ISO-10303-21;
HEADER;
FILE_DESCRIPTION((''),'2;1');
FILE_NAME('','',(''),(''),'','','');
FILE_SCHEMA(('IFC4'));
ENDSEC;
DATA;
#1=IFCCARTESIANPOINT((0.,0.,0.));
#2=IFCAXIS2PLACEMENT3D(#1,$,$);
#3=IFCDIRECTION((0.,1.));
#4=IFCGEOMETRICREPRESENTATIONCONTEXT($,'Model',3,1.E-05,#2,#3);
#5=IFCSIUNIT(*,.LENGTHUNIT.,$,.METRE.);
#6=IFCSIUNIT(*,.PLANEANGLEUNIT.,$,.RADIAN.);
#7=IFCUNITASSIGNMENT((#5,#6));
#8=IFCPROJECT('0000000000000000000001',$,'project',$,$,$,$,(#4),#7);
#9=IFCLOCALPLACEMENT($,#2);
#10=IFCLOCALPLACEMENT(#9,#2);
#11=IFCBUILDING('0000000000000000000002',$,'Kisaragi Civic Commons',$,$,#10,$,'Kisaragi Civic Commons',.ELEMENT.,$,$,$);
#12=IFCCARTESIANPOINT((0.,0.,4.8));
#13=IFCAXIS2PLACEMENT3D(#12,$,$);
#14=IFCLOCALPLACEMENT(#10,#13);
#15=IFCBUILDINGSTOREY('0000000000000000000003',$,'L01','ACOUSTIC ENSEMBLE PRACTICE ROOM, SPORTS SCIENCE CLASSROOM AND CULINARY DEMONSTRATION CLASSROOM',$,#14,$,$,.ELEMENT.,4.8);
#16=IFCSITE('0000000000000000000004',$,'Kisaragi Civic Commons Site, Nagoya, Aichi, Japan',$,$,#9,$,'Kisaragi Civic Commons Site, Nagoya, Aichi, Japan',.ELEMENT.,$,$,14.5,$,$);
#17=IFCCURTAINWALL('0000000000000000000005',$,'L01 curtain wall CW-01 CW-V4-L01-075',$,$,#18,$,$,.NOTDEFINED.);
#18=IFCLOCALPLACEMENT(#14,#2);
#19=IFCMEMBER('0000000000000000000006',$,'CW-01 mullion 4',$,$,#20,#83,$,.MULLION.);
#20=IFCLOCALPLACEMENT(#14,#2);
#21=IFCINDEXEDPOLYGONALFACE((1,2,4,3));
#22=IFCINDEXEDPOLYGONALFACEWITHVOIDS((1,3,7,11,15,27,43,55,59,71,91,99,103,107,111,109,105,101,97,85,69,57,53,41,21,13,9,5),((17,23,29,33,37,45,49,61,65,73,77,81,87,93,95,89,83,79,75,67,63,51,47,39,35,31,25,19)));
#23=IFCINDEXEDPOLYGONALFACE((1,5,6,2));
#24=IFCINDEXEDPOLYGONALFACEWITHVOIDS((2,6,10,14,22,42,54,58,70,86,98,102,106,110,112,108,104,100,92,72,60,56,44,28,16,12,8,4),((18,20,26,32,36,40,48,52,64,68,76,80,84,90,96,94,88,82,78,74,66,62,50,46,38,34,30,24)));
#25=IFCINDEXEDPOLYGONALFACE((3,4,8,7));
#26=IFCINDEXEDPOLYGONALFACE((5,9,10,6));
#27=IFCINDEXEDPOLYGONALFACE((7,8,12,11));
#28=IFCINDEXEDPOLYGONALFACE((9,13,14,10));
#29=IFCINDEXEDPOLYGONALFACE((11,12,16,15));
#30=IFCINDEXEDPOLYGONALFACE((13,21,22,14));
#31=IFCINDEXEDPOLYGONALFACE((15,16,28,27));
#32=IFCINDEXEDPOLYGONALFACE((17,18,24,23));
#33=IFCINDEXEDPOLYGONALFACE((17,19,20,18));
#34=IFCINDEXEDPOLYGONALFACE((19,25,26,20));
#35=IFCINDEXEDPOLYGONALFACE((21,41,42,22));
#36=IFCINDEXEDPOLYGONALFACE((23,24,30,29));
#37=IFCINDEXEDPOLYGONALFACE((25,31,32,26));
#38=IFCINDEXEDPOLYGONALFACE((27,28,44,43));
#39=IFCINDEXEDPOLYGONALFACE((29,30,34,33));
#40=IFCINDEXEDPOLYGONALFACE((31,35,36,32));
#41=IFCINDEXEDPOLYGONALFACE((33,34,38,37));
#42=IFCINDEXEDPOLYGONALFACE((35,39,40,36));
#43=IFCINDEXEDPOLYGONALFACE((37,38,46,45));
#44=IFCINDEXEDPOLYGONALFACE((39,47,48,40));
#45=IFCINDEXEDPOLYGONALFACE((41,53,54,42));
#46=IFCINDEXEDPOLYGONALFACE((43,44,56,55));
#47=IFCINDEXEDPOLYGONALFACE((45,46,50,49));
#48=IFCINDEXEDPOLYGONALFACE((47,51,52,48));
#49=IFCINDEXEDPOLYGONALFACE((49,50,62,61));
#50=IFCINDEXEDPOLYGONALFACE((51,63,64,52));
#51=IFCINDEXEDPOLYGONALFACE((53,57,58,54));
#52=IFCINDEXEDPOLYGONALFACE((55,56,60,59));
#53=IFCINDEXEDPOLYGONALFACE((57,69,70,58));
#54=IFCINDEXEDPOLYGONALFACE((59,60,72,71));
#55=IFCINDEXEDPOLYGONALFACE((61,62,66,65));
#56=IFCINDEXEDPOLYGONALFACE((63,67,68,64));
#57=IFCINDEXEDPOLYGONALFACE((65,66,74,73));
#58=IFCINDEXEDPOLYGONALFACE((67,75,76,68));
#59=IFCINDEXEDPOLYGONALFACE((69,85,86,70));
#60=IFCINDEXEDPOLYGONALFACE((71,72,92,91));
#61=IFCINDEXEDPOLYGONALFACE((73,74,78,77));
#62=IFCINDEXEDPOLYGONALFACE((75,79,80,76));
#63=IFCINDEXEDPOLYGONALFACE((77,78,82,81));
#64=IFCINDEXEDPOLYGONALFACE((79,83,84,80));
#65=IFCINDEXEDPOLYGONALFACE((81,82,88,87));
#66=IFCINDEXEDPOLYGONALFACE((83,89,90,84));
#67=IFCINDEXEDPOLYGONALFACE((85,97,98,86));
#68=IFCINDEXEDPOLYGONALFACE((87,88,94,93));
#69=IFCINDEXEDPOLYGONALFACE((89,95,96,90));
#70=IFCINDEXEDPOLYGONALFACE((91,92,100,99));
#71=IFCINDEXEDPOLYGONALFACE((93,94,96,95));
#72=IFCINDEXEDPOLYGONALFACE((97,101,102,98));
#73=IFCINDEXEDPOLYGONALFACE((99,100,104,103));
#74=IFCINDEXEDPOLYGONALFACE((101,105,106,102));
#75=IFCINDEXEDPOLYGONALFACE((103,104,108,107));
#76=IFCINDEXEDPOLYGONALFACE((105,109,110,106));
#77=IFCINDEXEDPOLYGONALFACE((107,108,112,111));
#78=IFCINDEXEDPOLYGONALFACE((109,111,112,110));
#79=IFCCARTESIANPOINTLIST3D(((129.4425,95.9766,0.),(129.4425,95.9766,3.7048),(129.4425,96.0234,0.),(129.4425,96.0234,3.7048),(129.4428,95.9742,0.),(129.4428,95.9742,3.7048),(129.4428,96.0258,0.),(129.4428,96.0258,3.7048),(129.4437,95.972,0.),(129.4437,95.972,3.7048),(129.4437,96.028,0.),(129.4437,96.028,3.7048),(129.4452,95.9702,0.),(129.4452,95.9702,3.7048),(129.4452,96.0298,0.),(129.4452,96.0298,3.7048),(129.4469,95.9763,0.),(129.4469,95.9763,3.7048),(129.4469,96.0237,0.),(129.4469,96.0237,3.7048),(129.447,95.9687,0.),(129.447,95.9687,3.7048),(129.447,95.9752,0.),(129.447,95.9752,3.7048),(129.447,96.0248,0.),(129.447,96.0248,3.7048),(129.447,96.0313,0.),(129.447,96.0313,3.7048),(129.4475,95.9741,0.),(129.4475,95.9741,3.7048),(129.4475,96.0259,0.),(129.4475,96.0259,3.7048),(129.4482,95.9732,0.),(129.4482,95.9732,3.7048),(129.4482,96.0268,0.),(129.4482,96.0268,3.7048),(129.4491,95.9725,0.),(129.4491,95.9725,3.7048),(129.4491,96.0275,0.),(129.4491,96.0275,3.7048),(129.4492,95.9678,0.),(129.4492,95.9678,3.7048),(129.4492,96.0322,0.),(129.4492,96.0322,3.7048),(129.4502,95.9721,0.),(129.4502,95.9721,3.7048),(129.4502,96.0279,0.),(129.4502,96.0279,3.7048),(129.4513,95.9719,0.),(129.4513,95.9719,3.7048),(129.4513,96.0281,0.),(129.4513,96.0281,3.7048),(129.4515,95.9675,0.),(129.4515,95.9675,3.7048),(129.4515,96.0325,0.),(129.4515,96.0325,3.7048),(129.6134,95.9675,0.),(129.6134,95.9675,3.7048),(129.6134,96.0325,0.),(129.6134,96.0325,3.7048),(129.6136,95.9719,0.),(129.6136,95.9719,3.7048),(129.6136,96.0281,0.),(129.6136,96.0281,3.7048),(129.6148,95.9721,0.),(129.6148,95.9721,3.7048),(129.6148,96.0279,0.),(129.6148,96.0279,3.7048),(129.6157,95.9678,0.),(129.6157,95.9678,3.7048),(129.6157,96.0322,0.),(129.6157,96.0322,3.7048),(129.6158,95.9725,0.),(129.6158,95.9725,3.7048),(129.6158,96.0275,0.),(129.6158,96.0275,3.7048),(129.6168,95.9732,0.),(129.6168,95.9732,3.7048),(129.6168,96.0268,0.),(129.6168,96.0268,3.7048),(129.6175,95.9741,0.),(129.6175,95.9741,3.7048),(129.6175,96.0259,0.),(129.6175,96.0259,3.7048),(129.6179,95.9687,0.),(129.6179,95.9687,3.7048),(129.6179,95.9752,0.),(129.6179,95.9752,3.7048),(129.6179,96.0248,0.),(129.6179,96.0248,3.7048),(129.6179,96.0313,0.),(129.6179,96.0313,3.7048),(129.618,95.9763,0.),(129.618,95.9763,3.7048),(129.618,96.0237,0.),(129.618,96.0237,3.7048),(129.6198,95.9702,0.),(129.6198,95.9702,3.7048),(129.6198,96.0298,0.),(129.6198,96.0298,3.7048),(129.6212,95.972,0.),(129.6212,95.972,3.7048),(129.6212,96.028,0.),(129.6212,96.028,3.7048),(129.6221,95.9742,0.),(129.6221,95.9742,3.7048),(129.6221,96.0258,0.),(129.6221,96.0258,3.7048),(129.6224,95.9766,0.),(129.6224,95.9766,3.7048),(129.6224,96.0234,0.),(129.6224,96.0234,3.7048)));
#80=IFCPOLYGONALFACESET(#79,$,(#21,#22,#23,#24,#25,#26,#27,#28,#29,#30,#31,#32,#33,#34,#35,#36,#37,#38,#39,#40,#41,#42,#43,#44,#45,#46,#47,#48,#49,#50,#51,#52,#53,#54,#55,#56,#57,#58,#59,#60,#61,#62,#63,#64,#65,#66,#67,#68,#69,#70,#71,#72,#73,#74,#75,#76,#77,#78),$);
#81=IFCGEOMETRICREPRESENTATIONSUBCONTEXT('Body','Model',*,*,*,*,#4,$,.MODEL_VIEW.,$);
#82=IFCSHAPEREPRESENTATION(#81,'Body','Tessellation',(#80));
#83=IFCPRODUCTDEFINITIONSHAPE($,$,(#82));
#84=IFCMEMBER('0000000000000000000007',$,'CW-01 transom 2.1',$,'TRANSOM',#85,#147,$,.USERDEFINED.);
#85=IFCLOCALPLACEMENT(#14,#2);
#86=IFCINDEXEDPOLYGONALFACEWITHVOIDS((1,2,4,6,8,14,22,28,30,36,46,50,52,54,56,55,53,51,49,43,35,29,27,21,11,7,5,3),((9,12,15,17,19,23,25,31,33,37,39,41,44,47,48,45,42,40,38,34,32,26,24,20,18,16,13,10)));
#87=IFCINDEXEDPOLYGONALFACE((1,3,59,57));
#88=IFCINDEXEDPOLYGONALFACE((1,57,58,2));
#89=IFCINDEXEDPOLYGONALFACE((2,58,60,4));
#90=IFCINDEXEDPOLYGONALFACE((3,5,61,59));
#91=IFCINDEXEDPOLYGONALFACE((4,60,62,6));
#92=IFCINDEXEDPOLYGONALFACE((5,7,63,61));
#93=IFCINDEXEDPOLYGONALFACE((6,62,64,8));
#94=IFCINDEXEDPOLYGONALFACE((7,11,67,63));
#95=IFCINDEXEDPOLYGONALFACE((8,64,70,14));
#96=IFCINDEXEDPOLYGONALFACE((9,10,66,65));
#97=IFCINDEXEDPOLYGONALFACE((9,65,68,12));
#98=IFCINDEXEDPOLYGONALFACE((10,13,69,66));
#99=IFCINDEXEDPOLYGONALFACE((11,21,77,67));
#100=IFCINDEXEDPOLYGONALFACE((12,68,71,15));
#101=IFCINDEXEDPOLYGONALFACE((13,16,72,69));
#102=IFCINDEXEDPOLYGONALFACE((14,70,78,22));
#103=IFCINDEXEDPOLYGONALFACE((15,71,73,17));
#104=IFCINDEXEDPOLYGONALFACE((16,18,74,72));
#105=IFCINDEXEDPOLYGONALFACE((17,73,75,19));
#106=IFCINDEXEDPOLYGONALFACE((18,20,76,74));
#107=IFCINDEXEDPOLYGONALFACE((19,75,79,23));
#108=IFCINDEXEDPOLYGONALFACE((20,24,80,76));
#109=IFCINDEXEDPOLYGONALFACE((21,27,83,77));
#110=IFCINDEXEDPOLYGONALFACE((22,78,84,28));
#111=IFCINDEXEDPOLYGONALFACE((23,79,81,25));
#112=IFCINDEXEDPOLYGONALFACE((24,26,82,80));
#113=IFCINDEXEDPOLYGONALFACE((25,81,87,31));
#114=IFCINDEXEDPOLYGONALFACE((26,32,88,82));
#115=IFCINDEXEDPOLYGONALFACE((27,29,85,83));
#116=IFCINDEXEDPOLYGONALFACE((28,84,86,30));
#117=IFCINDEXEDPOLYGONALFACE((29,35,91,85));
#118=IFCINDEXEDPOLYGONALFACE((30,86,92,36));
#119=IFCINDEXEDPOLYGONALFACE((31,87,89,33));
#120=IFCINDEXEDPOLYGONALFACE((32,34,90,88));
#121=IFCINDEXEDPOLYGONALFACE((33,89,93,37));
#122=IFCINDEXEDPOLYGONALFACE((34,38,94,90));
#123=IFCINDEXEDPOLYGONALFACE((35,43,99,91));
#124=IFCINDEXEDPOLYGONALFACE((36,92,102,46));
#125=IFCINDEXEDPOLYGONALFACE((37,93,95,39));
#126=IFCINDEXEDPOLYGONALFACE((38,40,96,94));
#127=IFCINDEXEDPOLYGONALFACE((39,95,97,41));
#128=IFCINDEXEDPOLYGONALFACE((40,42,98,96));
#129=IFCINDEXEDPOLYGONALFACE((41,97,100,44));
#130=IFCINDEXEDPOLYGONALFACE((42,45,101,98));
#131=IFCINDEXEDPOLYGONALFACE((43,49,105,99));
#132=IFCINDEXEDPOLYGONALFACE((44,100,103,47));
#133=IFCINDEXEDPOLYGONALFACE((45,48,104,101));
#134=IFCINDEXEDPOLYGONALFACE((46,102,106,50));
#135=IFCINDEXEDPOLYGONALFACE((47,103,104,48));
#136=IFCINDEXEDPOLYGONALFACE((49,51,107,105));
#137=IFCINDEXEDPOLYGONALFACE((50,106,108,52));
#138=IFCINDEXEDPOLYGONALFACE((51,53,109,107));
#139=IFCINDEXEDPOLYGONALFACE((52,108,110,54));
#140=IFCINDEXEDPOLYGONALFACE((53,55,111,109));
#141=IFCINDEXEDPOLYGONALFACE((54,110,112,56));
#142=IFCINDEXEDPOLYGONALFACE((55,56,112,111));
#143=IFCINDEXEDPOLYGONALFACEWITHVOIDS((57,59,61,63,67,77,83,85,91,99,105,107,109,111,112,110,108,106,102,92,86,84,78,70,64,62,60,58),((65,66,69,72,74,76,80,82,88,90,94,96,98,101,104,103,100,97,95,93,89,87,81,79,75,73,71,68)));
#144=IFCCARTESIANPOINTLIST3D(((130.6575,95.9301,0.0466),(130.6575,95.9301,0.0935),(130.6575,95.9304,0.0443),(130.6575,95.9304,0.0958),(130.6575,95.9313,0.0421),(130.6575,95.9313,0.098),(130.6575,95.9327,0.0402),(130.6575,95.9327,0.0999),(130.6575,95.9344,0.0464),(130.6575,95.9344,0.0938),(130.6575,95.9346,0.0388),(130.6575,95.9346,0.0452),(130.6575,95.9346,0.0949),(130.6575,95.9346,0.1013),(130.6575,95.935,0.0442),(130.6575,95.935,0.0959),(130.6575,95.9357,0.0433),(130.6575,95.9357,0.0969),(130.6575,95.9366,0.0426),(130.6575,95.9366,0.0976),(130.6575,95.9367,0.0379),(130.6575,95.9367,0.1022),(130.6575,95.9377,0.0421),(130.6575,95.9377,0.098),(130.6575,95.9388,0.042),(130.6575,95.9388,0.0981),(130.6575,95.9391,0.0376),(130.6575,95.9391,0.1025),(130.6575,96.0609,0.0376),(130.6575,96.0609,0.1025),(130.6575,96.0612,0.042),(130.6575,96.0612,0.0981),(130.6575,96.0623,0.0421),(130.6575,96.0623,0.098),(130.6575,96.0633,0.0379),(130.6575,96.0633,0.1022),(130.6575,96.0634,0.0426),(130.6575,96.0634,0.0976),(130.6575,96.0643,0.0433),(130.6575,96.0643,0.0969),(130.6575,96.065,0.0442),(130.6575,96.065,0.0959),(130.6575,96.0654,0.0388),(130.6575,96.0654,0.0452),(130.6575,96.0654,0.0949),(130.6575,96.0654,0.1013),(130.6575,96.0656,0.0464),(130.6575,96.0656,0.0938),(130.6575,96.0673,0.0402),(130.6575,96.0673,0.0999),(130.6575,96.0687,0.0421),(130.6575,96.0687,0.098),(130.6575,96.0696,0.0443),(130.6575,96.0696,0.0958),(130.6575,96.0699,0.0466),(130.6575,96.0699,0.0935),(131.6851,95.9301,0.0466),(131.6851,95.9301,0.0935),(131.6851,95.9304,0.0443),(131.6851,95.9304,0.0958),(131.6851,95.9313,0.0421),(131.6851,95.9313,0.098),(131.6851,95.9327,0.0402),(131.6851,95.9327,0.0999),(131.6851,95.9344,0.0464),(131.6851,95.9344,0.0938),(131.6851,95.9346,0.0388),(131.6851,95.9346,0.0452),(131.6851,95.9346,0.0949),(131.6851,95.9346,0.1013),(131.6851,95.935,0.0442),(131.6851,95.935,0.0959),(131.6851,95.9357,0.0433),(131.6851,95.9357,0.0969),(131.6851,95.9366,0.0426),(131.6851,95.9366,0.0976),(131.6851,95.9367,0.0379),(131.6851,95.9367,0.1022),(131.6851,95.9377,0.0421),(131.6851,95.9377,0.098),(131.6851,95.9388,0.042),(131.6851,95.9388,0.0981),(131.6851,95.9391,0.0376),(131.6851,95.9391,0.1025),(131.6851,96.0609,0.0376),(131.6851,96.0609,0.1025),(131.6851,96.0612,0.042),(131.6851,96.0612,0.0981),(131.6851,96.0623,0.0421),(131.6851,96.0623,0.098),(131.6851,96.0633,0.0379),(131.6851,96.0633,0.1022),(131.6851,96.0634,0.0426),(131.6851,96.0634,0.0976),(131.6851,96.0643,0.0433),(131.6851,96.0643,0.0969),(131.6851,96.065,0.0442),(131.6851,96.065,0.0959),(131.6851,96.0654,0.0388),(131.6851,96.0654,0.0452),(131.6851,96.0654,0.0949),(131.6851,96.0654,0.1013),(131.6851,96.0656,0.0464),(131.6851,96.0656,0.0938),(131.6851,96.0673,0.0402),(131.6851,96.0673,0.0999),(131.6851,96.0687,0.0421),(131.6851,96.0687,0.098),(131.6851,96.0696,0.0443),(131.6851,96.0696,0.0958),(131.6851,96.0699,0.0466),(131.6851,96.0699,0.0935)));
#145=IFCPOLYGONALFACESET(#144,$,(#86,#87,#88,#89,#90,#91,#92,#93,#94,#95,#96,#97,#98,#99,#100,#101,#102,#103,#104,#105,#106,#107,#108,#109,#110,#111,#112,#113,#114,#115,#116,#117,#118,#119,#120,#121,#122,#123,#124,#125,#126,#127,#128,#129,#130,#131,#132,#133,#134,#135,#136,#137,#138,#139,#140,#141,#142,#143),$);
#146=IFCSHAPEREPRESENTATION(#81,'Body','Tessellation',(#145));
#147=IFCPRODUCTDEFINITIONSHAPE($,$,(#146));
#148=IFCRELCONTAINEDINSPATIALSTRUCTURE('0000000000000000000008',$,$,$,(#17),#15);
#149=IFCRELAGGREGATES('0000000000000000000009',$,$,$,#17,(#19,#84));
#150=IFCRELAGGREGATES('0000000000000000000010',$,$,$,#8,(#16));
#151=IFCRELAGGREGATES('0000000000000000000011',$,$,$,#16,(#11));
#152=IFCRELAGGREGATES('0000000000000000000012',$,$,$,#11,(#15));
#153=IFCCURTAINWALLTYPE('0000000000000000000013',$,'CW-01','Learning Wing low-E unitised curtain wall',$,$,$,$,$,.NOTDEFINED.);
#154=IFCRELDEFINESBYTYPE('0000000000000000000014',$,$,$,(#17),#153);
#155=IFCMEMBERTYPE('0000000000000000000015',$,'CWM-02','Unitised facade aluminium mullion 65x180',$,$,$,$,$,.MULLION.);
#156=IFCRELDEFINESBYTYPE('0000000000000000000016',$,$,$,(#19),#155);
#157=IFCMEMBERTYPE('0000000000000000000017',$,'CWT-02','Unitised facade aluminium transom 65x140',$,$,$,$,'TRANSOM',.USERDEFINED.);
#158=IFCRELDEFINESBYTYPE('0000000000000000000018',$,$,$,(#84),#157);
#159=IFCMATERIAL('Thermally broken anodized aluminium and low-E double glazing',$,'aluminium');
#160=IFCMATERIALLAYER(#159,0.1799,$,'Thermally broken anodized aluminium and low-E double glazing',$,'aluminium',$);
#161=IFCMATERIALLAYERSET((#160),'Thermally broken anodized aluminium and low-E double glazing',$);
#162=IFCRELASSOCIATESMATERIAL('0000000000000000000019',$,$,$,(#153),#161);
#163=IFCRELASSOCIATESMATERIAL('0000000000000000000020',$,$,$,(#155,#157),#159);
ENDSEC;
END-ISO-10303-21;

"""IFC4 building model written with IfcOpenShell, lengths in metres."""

from ifc_helpers import new_model, si_unit, direction, frame, origin, origin_2d, place, context, subcontext, project, spatial, hollow_rectangle, extrude, material, layer, layer_set, material_profile, profile_set, type_object, element, aggregate, save


model = new_model("IFC4")

# Units and contexts
model_context = context("Model", 3, precision=1e-05, world=origin(), true_north=direction((0.0, 1.0)))
body_context = subcontext(model_context, "Body", "Model", "MODEL_VIEW")
ifc_project = project(units=[si_unit("LENGTHUNIT", "METRE"), si_unit("PLANEANGLEUNIT", "RADIAN")], contexts=[model_context])

# Site, building, storey
site_placement = place(None, origin())
site = spatial("IfcSite", under=ifc_project, at=site_placement, Name="Kisaragi Civic Commons Site, Nagoya, Aichi, Japan", LongName="Kisaragi Civic Commons Site, Nagoya, Aichi, Japan", CompositionType="ELEMENT", RefElevation=14.5)
building_placement = place(site_placement, origin())
building = spatial("IfcBuilding", under=site, at=building_placement, Name="Kisaragi Civic Commons", LongName="Kisaragi Civic Commons", CompositionType="ELEMENT")
storey_placement = place(building_placement, frame((0.0, 0.0, 4.8)))
storey = spatial("IfcBuildingStorey", under=building, at=storey_placement, Name="L01", Description="ACOUSTIC ENSEMBLE PRACTICE ROOM, SPORTS SCIENCE CLASSROOM AND CULINARY DEMONSTRATION CLASSROOM", CompositionType="ELEMENT", Elevation=4.8)

# Curtain wall, members
ifc_material = material(Name="Thermally broken anodized aluminium and low-E double glazing", Category="aluminium")
ifc_layer_1 = layer(ifc_material, 0.1799, Name="Thermally broken anodized aluminium and low-E double glazing", Category="aluminium")
ifc_layer_set_1 = layer_set([ifc_layer_1], Name="Thermally broken anodized aluminium and low-E double glazing")
curtain_wall_type = type_object("IfcCurtainWallType", Name="CW-01", Description="Learning Wing low-E unitised curtain wall", PredefinedType="NOTDEFINED", material=ifc_layer_set_1)
curtain_wall_placement = place(storey_placement, origin())
curtain_wall = element("IfcCurtainWall", 1, at=curtain_wall_placement, inside=storey, type_object=curtain_wall_type, Name="L01 curtain wall CW-01 CW-V4-L01-075", PredefinedType="NOTDEFINED")
ifc_material_profile_1 = material_profile(ifc_material, hollow_rectangle(XDim=0.0649, YDim=0.1799, WallThickness=0.0044, InnerFilletRadius=0.0044, OuterFilletRadius=0.009, at=origin_2d()), Name="CWM-65x180x4.5", Category="aluminium")
ifc_profile_set_1 = profile_set([ifc_material_profile_1], Name="Thermally broken anodized aluminium and low-E double glazing")
member_type_1 = type_object("IfcMemberType", Name="CWM-02", Description="Unitised facade aluminium mullion 65x180", PredefinedType="MULLION", material=ifc_profile_set_1)
member_1_placement = place(storey_placement, frame((129.5325, 96.0, 0.0), z_axis=(0.0, 0.0, 1.0), x_axis=(0.0, -1.0, 0.0)))
member_1 = element("IfcMember", 2, at=member_1_placement, type_object=member_type_1, Name="CW-01 mullion 4", PredefinedType="MULLION", context=body_context, shape_type="SweptSolid", body=[
    extrude(hollow_rectangle(XDim=0.0649, YDim=0.1799, WallThickness=0.0044, InnerFilletRadius=0.0044, OuterFilletRadius=0.009, at=origin_2d()), origin(), (0.0, 0.0, 1.0), 3.7048),
])
ifc_material_profile_2 = material_profile(ifc_material, hollow_rectangle(XDim=0.1399, YDim=0.0649, WallThickness=0.0044, InnerFilletRadius=0.0044, OuterFilletRadius=0.009, at=origin_2d()), Name="CWT-65x140x4.5", Category="aluminium")
ifc_profile_set_2 = profile_set([ifc_material_profile_2], Name="Thermally broken anodized aluminium and low-E double glazing")
member_type_2 = type_object("IfcMemberType", Name="CWT-02", Description="Unitised facade aluminium transom 65x140", ElementType="TRANSOM", PredefinedType="USERDEFINED", material=ifc_profile_set_2)
member_2_placement = place(storey_placement, frame((131.6851, 96.0, 0.0701), z_axis=(-1.0, 0.0, 0.0), x_axis=(0.0, -1.0, 0.0)))
member_2 = element("IfcMember", 3, at=member_2_placement, type_object=member_type_2, Name="CW-01 transom 2.1", ObjectType="TRANSOM", PredefinedType="USERDEFINED", context=body_context, shape_type="SweptSolid", body=[
    extrude(hollow_rectangle(XDim=0.1399, YDim=0.0649, WallThickness=0.0044, InnerFilletRadius=0.0044, OuterFilletRadius=0.009, at=origin_2d()), origin(), (0.0, 0.0, 1.0), 1.0276),
])
aggregate(curtain_wall, [member_1, member_2])

save(model, "model.ifc")
